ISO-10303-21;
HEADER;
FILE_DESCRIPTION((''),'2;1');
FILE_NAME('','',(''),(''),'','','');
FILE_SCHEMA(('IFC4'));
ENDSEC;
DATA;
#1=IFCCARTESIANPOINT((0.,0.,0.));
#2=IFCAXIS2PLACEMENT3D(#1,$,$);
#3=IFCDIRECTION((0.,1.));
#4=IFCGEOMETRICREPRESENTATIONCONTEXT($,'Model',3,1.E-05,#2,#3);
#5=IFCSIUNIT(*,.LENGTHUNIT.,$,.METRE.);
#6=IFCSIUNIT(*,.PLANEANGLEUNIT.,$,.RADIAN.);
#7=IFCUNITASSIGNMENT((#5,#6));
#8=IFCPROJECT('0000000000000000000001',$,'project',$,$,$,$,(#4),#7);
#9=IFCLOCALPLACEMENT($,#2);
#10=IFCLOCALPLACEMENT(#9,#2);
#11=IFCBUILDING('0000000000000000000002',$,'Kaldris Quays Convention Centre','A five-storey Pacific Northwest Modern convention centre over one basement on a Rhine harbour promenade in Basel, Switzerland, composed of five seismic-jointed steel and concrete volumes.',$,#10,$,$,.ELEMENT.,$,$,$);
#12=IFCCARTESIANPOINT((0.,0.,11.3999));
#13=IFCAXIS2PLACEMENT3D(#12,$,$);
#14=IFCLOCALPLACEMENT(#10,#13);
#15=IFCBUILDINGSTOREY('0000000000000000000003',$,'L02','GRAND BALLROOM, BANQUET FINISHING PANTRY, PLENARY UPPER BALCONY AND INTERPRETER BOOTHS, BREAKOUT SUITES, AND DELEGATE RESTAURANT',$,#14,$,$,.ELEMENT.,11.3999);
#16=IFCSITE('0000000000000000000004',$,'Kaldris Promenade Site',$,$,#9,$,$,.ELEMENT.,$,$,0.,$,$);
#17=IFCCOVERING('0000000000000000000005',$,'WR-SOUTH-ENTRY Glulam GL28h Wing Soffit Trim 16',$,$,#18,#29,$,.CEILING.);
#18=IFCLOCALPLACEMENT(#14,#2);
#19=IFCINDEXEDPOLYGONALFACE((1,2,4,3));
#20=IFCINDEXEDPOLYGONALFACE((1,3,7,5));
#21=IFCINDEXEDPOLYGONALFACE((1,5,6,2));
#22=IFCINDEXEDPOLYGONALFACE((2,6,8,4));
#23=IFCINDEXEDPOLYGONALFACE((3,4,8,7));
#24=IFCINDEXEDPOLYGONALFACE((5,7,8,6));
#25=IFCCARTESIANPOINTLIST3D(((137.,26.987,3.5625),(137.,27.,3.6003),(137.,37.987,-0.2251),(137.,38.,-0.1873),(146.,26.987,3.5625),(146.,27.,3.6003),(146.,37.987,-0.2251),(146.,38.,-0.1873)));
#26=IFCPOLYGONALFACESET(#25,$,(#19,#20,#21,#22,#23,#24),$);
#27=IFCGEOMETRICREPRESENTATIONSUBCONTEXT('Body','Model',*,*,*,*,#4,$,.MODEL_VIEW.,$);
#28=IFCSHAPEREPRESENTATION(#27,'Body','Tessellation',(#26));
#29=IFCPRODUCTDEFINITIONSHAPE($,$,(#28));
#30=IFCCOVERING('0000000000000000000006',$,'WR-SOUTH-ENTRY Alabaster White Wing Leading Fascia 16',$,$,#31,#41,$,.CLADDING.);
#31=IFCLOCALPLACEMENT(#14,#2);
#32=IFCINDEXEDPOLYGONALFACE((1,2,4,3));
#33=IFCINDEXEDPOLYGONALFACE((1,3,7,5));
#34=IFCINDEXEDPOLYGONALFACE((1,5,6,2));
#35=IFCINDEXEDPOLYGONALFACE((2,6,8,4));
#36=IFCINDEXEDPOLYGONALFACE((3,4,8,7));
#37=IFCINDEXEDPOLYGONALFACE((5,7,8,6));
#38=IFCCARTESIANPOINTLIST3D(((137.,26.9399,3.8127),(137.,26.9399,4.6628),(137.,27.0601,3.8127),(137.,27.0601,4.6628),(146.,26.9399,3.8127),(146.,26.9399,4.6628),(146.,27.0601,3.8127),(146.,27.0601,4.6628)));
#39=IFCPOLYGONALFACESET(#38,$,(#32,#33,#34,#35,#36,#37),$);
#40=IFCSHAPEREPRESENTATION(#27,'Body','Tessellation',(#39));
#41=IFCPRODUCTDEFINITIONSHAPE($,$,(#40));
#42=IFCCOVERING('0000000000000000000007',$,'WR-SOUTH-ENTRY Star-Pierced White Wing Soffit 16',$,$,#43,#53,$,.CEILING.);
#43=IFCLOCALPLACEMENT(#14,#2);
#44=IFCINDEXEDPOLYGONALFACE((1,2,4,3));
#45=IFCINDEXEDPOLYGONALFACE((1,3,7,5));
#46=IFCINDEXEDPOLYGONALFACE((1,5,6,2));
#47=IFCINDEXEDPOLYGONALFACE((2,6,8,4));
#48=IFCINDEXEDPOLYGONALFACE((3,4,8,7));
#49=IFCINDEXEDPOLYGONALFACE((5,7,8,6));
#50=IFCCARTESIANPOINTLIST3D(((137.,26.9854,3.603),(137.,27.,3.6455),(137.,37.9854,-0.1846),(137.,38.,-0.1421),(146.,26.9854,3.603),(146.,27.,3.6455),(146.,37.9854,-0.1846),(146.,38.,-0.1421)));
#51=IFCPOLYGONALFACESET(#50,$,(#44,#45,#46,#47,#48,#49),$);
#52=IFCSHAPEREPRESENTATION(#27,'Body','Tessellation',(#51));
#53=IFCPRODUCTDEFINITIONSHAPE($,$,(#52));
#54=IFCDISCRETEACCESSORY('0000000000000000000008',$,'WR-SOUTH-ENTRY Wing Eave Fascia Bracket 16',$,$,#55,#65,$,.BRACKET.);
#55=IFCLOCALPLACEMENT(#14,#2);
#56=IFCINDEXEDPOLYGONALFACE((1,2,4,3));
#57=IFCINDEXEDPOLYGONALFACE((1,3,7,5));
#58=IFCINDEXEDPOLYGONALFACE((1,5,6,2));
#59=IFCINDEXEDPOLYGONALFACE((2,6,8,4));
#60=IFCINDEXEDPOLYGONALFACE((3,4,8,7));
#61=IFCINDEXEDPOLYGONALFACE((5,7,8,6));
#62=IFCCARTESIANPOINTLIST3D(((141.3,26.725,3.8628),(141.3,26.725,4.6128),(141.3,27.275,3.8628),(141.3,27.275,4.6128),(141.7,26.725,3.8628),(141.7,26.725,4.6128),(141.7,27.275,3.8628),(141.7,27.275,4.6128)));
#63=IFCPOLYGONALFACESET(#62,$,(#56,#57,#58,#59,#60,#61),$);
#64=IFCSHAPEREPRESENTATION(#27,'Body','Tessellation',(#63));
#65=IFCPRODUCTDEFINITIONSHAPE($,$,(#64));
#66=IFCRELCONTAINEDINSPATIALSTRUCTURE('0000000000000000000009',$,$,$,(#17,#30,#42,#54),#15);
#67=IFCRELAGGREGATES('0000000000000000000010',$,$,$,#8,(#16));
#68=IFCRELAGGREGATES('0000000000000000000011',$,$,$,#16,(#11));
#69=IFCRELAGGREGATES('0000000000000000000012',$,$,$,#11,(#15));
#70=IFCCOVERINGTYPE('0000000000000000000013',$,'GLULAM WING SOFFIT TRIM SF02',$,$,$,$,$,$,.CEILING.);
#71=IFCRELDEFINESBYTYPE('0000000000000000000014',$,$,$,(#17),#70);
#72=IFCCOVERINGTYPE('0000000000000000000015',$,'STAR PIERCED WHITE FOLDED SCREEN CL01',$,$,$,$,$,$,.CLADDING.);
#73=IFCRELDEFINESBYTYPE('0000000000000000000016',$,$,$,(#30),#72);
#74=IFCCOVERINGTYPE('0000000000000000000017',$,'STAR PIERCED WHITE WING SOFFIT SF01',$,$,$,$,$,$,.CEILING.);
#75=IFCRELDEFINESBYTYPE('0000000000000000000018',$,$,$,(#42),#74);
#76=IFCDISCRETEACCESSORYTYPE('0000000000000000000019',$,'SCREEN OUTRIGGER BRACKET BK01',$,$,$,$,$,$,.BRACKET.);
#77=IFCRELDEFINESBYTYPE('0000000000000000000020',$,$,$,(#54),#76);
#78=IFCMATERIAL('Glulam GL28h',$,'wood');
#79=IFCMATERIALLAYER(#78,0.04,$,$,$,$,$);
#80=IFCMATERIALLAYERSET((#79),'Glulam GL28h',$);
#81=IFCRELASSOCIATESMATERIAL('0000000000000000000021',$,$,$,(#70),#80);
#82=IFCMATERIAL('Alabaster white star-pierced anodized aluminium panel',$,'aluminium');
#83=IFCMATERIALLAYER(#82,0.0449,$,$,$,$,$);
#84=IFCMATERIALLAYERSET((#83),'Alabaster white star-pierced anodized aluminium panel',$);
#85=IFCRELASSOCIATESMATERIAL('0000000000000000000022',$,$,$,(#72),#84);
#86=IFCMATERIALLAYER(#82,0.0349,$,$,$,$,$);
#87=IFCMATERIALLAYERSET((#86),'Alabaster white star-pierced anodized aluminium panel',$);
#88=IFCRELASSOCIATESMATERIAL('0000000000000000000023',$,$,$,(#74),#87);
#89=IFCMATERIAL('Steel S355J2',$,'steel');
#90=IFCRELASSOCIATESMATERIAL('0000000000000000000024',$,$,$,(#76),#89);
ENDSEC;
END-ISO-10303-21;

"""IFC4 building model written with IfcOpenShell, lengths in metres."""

from ifc_helpers import new_model, si_unit, direction, frame, origin, origin_2d, place, context, subcontext, project, spatial, polyline, rectangle, outline, extrude, material, layer, layer_set, type_object, element, save


model = new_model("IFC4")

# Units and contexts
model_context = context("Model", 3, precision=1e-05, world=origin(), true_north=direction((0.0, 1.0)))
body_context = subcontext(model_context, "Body", "Model", "MODEL_VIEW")
ifc_project = project(units=[si_unit("LENGTHUNIT", "METRE"), si_unit("PLANEANGLEUNIT", "RADIAN")], contexts=[model_context])

# Site, building, storey
site_placement = place(None, origin())
site = spatial("IfcSite", under=ifc_project, at=site_placement, Name="Kaldris Promenade Site", CompositionType="ELEMENT", RefElevation=0.0)
building_placement = place(site_placement, origin())
building = spatial("IfcBuilding", under=site, at=building_placement, Name="Kaldris Quays Convention Centre", Description="A five-storey Pacific Northwest Modern convention centre over one basement on a Rhine harbour promenade in Basel, Switzerland, composed of five seismic-jointed steel and concrete volumes.", CompositionType="ELEMENT")
storey_placement = place(building_placement, frame((0.0, 0.0, 11.3999)))
storey = spatial("IfcBuildingStorey", under=building, at=storey_placement, Name="L02", Description="GRAND BALLROOM, BANQUET FINISHING PANTRY, PLENARY UPPER BALCONY AND INTERPRETER BOOTHS, BREAKOUT SUITES, AND DELEGATE RESTAURANT", CompositionType="ELEMENT", Elevation=11.3999)

# Shared definitions
ifc_material_1 = material(Name="Steel S355J2", Category="steel")

# Shared definitions
ifc_material_2 = material(Name="Glulam GL28h", Category="wood")

# Shared definitions
ifc_material_3 = material(Name="Alabaster white star-pierced anodized aluminium panel", Category="aluminium")

# Coverings
ifc_layer_1 = layer(ifc_material_2, 0.04)
ifc_layer_set_1 = layer_set([ifc_layer_1], Name="Glulam GL28h")
covering_type_1 = type_object("IfcCoveringType", Name="GLULAM WING SOFFIT TRIM SF02", PredefinedType="CEILING", material=ifc_layer_set_1)
covering_1_placement = place(storey_placement, frame((137.0, 27.0, 3.6003), z_axis=(0.0, 0.325568, 0.945519), x_axis=(1.0, 0.0, 0.0)))
element("IfcCovering", 1, at=covering_1_placement, inside=storey, type_object=covering_type_1, Name="WR-SOUTH-ENTRY Glulam GL28h Wing Soffit Trim 16", PredefinedType="CEILING", context=body_context, shape_type="SweptSolid", body=[
    extrude(outline(polyline([(0.0, 0.0), (9.0, 0.0), (9.0, 11.6338), (0.0, 11.6338), (0.0, 0.0)])), origin(), (0.0, 0.0, -1.0), 0.04),
])
ifc_layer_2 = layer(ifc_material_3, 0.0449)
ifc_layer_set_2 = layer_set([ifc_layer_2], Name="Alabaster white star-pierced anodized aluminium panel")
covering_type_2 = type_object("IfcCoveringType", Name="STAR PIERCED WHITE FOLDED SCREEN CL01", PredefinedType="CLADDING", material=ifc_layer_set_2)
covering_2_placement = place(storey_placement, frame((141.5, 27.0, 3.8127), z_axis=(0.0, 0.0, 1.0), x_axis=(1.0, 0.0, 0.0)))
element("IfcCovering", 2, at=covering_2_placement, inside=storey, type_object=covering_type_2, Name="WR-SOUTH-ENTRY Alabaster White Wing Leading Fascia 16", PredefinedType="CLADDING", context=body_context, shape_type="SweptSolid", body=[
    extrude(rectangle(XDim=9.0, YDim=0.1201, at=origin_2d()), origin(), (0.0, 0.0, 1.0), 0.8501),
])
ifc_layer_3 = layer(ifc_material_3, 0.0349)
ifc_layer_set_3 = layer_set([ifc_layer_3], Name="Alabaster white star-pierced anodized aluminium panel")
covering_type_3 = type_object("IfcCoveringType", Name="STAR PIERCED WHITE WING SOFFIT SF01", PredefinedType="CEILING", material=ifc_layer_set_3)
covering_3_placement = place(storey_placement, frame((137.0, 27.0, 3.6455), z_axis=(0.0, 0.325568, 0.945519), x_axis=(1.0, 0.0, 0.0)))
element("IfcCovering", 3, at=covering_3_placement, inside=storey, type_object=covering_type_3, Name="WR-SOUTH-ENTRY Star-Pierced White Wing Soffit 16", PredefinedType="CEILING", context=body_context, shape_type="SweptSolid", body=[
    extrude(outline(polyline([(0.0, 0.0), (9.0, 0.0), (9.0, 11.6338), (0.0, 11.6338), (0.0, 0.0)])), origin(), (0.0, 0.0, -1.0), 0.0449),
])

# Discrete accessory
discrete_accessory_type = type_object("IfcDiscreteAccessoryType", Name="SCREEN OUTRIGGER BRACKET BK01", PredefinedType="BRACKET", material=ifc_material_1)
discrete_accessory_placement = place(storey_placement, frame((141.5, 27.0, 3.8628), z_axis=(0.0, 0.0, 1.0), x_axis=(1.0, 0.0, 0.0)))
element("IfcDiscreteAccessory", 4, at=discrete_accessory_placement, inside=storey, type_object=discrete_accessory_type, Name="WR-SOUTH-ENTRY Wing Eave Fascia Bracket 16", PredefinedType="BRACKET", context=body_context, shape_type="SweptSolid", body=[
    extrude(rectangle(XDim=0.3999, YDim=0.55, at=origin_2d()), origin(), (0.0, 0.0, 1.0), 0.75),
])

save(model, "model.ifc")
